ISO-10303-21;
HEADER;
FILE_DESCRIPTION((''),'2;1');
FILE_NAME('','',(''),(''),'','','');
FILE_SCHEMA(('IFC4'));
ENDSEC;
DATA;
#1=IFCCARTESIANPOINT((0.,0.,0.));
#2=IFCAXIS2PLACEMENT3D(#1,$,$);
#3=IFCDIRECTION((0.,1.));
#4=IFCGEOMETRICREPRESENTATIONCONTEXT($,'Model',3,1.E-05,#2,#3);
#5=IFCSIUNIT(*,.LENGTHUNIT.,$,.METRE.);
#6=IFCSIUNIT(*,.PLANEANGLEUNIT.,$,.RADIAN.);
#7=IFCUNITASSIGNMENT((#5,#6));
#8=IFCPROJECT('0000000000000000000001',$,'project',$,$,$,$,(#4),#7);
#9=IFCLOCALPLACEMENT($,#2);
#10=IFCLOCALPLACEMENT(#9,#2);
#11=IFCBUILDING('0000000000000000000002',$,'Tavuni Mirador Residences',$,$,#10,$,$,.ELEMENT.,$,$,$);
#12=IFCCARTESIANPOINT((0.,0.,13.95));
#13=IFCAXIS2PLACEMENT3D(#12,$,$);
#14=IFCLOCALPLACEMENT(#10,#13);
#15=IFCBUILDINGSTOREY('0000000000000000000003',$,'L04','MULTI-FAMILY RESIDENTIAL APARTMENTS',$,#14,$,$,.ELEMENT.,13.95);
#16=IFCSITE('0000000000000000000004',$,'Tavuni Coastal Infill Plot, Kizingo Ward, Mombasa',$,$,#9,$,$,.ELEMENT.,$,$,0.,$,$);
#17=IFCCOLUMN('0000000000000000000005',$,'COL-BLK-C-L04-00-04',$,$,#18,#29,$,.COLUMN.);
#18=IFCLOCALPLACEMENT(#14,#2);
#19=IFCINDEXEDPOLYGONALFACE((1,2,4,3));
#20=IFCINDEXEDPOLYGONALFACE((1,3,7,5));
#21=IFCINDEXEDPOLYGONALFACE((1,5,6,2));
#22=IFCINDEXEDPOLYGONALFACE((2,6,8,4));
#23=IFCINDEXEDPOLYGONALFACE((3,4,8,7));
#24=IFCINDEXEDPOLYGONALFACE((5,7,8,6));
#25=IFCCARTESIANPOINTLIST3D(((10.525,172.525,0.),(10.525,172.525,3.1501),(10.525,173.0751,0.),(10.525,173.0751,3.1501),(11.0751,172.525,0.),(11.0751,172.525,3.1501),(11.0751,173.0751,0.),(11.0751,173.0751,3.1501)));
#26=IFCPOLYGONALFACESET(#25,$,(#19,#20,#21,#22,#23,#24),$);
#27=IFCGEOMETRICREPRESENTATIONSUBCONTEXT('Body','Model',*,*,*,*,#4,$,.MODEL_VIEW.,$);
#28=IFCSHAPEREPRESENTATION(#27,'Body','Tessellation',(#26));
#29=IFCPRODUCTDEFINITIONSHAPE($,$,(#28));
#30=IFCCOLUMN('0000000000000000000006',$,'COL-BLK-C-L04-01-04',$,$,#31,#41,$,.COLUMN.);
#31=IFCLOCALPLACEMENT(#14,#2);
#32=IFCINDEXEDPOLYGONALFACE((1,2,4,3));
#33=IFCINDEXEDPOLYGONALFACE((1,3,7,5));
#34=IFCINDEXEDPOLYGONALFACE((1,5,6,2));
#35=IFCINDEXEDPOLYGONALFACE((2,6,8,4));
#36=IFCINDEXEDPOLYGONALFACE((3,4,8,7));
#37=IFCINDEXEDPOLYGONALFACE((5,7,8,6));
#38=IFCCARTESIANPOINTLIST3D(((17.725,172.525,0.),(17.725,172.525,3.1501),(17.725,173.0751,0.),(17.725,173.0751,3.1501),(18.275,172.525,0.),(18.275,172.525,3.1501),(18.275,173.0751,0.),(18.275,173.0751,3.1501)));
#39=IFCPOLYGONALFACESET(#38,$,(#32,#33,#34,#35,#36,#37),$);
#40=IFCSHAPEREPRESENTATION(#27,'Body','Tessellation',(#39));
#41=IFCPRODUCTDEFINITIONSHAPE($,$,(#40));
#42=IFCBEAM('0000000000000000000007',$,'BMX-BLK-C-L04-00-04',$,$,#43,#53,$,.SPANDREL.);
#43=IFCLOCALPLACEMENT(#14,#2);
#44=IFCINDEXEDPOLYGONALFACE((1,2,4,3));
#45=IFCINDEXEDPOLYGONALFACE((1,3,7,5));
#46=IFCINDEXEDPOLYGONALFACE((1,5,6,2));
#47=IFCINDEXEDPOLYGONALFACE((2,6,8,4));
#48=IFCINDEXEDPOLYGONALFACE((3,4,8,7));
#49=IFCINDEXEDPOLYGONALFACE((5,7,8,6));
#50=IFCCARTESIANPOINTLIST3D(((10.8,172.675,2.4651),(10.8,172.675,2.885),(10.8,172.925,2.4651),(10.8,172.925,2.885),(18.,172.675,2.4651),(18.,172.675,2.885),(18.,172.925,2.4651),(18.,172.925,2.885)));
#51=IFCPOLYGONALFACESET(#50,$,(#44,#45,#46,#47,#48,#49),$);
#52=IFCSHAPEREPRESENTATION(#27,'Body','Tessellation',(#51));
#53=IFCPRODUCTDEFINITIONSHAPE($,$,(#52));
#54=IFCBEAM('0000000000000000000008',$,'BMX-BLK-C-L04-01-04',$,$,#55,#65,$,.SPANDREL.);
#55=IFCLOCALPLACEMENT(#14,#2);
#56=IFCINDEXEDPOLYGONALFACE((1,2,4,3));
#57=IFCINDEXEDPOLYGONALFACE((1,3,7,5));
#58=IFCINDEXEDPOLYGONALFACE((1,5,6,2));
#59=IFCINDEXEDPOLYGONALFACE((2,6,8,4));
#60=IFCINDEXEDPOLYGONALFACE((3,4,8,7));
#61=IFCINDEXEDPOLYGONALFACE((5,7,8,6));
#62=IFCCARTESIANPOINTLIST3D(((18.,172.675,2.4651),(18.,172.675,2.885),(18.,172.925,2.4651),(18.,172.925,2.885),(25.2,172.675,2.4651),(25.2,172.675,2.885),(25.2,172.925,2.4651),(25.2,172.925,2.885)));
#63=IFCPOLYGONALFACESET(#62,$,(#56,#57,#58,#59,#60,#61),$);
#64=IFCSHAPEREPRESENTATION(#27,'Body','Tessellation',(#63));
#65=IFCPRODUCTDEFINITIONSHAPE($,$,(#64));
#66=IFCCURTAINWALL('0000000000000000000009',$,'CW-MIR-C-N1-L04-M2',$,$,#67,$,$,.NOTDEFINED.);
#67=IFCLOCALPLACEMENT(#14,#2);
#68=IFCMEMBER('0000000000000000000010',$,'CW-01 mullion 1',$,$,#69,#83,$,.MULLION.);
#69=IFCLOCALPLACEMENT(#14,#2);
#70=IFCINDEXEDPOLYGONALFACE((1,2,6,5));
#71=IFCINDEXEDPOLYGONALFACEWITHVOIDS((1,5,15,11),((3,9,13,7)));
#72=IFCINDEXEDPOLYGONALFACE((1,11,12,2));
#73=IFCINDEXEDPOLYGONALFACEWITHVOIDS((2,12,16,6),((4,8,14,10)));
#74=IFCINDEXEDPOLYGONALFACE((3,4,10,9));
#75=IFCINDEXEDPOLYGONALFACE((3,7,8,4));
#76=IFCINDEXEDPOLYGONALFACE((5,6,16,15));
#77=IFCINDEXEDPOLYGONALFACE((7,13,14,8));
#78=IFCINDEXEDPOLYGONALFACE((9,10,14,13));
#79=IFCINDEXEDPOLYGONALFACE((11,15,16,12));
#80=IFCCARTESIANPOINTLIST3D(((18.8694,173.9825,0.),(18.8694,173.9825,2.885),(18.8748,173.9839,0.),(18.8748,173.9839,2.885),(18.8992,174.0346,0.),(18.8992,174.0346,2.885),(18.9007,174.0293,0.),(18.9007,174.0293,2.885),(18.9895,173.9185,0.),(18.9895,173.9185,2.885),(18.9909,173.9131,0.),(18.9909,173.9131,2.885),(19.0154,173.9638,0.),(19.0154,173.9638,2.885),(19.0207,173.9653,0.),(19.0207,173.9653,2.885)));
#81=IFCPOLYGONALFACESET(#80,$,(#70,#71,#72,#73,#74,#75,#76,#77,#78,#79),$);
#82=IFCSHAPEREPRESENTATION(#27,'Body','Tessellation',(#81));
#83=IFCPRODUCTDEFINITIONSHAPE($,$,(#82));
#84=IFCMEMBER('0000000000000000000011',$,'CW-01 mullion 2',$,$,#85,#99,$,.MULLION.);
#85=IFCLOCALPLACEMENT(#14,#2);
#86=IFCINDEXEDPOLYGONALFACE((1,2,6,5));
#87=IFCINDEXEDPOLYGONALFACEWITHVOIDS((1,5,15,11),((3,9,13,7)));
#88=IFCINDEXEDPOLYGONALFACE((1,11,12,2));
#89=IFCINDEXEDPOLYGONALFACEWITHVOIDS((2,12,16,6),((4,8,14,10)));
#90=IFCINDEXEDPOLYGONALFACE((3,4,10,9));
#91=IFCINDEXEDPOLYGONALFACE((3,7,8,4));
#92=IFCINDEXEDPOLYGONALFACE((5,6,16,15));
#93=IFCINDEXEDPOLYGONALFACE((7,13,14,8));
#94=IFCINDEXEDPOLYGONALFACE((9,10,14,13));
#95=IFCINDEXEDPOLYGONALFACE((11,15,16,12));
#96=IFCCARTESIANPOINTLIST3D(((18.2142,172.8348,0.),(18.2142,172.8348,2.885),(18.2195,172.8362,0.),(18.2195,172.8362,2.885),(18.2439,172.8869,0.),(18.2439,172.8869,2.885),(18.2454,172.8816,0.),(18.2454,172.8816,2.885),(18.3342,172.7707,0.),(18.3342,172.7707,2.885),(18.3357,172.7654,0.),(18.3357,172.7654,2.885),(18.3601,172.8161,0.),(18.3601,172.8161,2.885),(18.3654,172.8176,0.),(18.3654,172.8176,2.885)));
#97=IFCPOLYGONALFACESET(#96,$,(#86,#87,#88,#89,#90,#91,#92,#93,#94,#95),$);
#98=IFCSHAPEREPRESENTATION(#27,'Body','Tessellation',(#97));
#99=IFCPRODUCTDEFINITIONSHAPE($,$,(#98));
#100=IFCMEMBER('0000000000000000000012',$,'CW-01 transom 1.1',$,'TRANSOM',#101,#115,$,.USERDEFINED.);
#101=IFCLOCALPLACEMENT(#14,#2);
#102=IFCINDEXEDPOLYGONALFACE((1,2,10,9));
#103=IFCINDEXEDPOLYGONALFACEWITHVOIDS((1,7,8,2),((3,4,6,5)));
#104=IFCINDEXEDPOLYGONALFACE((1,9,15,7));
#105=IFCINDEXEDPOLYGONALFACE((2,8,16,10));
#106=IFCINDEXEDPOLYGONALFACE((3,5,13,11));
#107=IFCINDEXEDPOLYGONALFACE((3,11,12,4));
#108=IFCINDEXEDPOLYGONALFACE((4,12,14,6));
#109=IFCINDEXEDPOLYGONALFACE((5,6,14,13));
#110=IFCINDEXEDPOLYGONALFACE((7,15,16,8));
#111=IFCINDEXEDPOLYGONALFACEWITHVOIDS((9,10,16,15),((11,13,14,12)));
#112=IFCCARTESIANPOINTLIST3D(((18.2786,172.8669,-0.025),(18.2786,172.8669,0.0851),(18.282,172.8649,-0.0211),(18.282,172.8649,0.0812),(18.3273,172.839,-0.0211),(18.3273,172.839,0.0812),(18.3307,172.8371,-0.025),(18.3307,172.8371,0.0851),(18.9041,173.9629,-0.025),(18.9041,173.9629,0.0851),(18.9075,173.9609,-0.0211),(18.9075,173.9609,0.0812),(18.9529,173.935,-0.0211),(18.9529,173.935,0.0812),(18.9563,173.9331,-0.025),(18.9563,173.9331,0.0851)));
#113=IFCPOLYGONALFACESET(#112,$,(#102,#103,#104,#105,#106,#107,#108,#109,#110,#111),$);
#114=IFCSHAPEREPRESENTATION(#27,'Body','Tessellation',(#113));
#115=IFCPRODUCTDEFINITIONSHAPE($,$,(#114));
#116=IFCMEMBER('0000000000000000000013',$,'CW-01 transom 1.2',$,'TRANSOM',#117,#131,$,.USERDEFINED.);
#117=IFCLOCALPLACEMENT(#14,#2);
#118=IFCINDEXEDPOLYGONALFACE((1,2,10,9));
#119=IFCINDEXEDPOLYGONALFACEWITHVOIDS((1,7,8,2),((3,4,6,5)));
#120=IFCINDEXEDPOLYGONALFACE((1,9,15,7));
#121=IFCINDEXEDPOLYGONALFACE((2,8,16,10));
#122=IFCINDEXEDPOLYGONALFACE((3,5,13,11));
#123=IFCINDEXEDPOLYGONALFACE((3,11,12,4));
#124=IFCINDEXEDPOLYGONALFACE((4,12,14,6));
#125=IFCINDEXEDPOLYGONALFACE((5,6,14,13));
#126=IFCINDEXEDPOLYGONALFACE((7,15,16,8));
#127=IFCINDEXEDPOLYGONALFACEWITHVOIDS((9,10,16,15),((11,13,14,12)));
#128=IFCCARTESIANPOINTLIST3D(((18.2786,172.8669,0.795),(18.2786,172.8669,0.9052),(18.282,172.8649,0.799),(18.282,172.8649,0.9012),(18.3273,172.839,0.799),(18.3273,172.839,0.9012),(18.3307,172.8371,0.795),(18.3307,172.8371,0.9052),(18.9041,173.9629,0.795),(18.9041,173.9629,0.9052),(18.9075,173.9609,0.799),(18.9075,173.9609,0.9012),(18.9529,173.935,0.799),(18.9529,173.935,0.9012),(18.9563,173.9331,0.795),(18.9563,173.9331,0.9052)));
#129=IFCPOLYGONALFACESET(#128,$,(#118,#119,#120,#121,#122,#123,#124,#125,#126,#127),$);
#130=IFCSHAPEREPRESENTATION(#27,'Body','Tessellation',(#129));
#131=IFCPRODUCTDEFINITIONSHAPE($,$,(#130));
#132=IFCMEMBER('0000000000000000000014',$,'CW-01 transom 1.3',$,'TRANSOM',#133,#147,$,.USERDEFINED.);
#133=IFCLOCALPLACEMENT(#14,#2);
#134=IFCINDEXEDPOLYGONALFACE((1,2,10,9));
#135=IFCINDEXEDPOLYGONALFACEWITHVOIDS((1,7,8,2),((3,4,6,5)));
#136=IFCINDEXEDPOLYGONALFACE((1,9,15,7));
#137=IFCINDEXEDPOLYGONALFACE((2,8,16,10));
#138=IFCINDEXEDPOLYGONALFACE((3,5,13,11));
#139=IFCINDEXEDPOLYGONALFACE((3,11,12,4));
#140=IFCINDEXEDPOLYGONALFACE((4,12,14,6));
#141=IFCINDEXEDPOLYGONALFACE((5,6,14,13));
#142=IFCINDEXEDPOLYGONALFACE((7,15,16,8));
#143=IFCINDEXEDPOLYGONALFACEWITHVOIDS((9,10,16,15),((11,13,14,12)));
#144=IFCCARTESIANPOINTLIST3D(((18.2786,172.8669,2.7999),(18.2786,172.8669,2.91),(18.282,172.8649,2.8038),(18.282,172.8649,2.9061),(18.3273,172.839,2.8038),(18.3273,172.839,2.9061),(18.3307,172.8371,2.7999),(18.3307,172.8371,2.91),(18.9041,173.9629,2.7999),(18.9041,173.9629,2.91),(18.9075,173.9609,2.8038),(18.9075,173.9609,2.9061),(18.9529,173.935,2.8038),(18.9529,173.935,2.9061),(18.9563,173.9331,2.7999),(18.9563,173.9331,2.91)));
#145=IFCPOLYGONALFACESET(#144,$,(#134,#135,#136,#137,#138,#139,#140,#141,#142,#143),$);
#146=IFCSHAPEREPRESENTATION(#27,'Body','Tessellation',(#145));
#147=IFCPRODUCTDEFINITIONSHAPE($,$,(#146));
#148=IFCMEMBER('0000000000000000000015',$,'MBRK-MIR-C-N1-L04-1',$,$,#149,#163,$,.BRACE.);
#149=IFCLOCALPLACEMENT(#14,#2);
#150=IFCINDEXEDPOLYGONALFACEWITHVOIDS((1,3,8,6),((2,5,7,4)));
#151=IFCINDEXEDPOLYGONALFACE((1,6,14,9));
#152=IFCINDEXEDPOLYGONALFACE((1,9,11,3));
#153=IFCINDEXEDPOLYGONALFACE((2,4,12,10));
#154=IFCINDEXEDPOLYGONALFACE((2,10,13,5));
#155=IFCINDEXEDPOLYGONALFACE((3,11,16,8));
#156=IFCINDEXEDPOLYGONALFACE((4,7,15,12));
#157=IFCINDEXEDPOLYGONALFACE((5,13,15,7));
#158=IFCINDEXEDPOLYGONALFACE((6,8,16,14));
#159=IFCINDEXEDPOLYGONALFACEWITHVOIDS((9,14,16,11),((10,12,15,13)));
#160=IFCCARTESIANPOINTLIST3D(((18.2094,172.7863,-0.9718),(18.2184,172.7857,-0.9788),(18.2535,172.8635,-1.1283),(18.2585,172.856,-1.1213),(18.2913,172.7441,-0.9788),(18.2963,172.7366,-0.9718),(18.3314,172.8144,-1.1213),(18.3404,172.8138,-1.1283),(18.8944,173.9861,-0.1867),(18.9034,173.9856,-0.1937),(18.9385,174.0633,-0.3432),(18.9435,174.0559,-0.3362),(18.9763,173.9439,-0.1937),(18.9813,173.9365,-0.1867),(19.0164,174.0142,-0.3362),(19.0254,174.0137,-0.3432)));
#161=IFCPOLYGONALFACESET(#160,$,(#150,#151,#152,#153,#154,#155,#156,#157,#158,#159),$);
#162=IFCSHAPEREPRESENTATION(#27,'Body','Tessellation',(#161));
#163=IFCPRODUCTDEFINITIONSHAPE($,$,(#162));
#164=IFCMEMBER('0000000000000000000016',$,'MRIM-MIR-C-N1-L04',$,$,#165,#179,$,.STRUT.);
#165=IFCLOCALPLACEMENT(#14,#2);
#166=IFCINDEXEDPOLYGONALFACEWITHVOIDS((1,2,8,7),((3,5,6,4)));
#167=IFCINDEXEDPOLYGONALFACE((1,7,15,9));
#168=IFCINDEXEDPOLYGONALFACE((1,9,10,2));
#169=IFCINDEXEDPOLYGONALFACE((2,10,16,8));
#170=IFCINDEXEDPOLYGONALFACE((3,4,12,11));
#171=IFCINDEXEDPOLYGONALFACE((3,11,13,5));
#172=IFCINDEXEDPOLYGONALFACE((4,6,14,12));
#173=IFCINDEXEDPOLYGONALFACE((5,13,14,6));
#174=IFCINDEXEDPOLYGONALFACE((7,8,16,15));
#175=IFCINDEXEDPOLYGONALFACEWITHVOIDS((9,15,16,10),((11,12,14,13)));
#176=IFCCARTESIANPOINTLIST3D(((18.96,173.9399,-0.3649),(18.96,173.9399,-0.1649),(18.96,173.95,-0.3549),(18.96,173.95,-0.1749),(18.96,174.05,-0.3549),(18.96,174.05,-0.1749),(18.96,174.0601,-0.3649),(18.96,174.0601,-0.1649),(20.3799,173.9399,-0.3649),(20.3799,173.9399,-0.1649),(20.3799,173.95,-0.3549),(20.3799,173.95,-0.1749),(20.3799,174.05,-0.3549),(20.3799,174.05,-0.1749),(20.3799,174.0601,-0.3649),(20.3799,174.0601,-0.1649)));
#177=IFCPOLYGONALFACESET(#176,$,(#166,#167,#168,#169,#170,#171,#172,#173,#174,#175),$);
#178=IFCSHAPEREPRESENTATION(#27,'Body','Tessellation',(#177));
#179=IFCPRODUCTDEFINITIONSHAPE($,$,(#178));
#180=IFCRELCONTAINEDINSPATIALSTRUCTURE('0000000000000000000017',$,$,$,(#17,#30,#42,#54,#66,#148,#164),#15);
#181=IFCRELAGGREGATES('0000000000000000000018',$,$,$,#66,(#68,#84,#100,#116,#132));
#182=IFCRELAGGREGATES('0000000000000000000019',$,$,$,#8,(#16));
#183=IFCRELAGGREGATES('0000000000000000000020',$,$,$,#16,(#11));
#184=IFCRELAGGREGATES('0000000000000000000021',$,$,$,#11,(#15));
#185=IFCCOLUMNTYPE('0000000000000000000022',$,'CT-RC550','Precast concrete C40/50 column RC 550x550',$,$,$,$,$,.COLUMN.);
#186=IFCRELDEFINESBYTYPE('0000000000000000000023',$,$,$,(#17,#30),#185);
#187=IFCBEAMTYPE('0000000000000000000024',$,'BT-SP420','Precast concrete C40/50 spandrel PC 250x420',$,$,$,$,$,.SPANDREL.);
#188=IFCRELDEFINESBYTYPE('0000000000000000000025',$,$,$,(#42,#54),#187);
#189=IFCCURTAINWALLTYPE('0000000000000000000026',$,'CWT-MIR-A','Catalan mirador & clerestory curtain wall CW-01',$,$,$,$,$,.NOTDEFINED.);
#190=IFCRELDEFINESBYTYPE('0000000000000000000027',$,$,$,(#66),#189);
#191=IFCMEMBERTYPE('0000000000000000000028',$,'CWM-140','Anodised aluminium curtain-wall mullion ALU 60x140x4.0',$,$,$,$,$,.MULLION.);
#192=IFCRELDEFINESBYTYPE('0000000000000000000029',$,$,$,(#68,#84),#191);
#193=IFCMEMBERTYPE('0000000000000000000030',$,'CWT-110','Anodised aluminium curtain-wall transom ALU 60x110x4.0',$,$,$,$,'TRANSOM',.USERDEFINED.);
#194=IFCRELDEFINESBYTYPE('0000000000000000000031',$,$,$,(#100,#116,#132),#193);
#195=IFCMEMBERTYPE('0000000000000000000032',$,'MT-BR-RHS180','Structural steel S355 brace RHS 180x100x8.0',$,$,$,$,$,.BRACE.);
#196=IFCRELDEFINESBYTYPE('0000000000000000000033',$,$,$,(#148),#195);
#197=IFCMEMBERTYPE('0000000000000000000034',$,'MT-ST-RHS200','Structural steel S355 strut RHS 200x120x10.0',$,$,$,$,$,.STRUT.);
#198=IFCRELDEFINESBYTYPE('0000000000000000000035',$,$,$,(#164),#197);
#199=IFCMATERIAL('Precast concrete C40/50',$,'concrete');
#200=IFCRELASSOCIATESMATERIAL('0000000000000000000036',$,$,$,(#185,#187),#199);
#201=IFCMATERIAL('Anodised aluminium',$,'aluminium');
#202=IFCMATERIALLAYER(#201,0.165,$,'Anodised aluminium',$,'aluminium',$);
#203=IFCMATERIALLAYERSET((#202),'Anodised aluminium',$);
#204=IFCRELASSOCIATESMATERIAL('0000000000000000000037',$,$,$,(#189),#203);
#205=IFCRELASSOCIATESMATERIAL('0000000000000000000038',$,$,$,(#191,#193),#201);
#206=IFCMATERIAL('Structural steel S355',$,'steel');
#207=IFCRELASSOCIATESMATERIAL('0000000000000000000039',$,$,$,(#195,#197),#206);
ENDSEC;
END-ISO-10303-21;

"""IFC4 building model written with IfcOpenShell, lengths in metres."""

from ifc_helpers import new_model, si_unit, direction, frame, origin, origin_2d, place, context, subcontext, project, spatial, rectangle, hollow_rectangle, extrude, material, layer, layer_set, material_profile, profile_set, type_object, element, aggregate, save


model = new_model("IFC4")

# Units and contexts
model_context = context("Model", 3, precision=1e-05, world=origin(), true_north=direction((0.0, 1.0)))
body_context = subcontext(model_context, "Body", "Model", "MODEL_VIEW")
ifc_project = project(units=[si_unit("LENGTHUNIT", "METRE"), si_unit("PLANEANGLEUNIT", "RADIAN")], contexts=[model_context])

# Site, building, storey
site_placement = place(None, origin())
site = spatial("IfcSite", under=ifc_project, at=site_placement, Name="Tavuni Coastal Infill Plot, Kizingo Ward, Mombasa", CompositionType="ELEMENT", RefElevation=0.0)
building_placement = place(site_placement, origin())
building = spatial("IfcBuilding", under=site, at=building_placement, Name="Tavuni Mirador Residences", CompositionType="ELEMENT")
storey_placement = place(building_placement, frame((0.0, 0.0, 13.95)))
storey = spatial("IfcBuildingStorey", under=building, at=storey_placement, Name="L04", Description="MULTI-FAMILY RESIDENTIAL APARTMENTS", CompositionType="ELEMENT", Elevation=13.95)

# Columns
ifc_material_1 = material(Name="Precast concrete C40/50", Category="concrete")
ifc_material_profile_1 = material_profile(ifc_material_1, rectangle(XDim=0.55, YDim=0.55, at=origin_2d()), Name="RC 550x550", Category="concrete")
ifc_profile_set_1 = profile_set([ifc_material_profile_1], Name="Precast concrete C40/50")
column_type = type_object("IfcColumnType", Name="CT-RC550", Description="Precast concrete C40/50 column RC 550x550", PredefinedType="COLUMN", material=ifc_profile_set_1)
for number, where, z_axis, x_axis, name in (
    (1, (10.8, 172.8, 0.0), (0.0, 0.0, 1.0), (1.0, 0.0, 0.0), "COL-BLK-C-L04-00-04"),
    (2, (18.0, 172.8, 0.0), (0.0, 0.0, 1.0), (1.0, 0.0, 0.0), "COL-BLK-C-L04-01-04"),
):
    element("IfcColumn", number, at=place(storey_placement, frame(where, z_axis=z_axis, x_axis=x_axis)), inside=storey, type_object=column_type, Name=name, PredefinedType="COLUMN", context=body_context, shape_type="SweptSolid", body=[
        extrude(rectangle(XDim=0.55, YDim=0.55, at=origin_2d()), origin(), (0.0, 0.0, 1.0), 3.1501),
    ])

# Beams
ifc_material_profile_2 = material_profile(ifc_material_1, rectangle(XDim=0.25, YDim=0.4199, at=origin_2d()), Name="PC 250x420", Category="concrete")
ifc_profile_set_2 = profile_set([ifc_material_profile_2], Name="Precast concrete C40/50")
beam_type = type_object("IfcBeamType", Name="BT-SP420", Description="Precast concrete C40/50 spandrel PC 250x420", PredefinedType="SPANDREL", material=ifc_profile_set_2)
for number, where, z_axis, x_axis, name in (
    (3, (10.8, 172.8, 2.675), (1.0, 0.0, 0.0), (0.0, 1.0, 0.0), "BMX-BLK-C-L04-00-04"),
    (4, (18.0, 172.8, 2.675), (1.0, 0.0, 0.0), (0.0, 1.0, 0.0), "BMX-BLK-C-L04-01-04"),
):
    element("IfcBeam", number, at=place(storey_placement, frame(where, z_axis=z_axis, x_axis=x_axis)), inside=storey, type_object=beam_type, Name=name, PredefinedType="SPANDREL", context=body_context, shape_type="SweptSolid", body=[
        extrude(rectangle(XDim=0.25, YDim=0.4199, at=origin_2d()), origin(), (0.0, 0.0, 1.0), 7.2),
    ])

# Curtain wall, members
ifc_material_2 = material(Name="Anodised aluminium", Category="aluminium")
ifc_layer_1 = layer(ifc_material_2, 0.165, Name="Anodised aluminium", Category="aluminium")
ifc_layer_set_1 = layer_set([ifc_layer_1], Name="Anodised aluminium")
curtain_wall_type = type_object("IfcCurtainWallType", Name="CWT-MIR-A", Description="Catalan mirador & clerestory curtain wall CW-01", PredefinedType="NOTDEFINED", material=ifc_layer_set_1)
curtain_wall_placement = place(storey_placement, origin())
curtain_wall = element("IfcCurtainWall", 5, at=curtain_wall_placement, inside=storey, type_object=curtain_wall_type, Name="CW-MIR-C-N1-L04-M2", PredefinedType="NOTDEFINED")
ifc_material_profile_3 = material_profile(ifc_material_2, hollow_rectangle(XDim=0.0601, YDim=0.1399, WallThickness=0.0039, at=origin_2d()), Name="ALU 60x140x4.0", Category="aluminium")
ifc_profile_set_3 = profile_set([ifc_material_profile_3], Name="Anodised aluminium")
member_type_1 = type_object("IfcMemberType", Name="CWM-140", Description="Anodised aluminium curtain-wall mullion ALU 60x140x4.0", PredefinedType="MULLION", material=ifc_profile_set_3)
member_1_placement = place(storey_placement, frame((18.9451, 173.9739, 0.0), z_axis=(0.0, 0.0, 1.0), x_axis=(-0.495749, -0.868466, 0.0)))
member_1 = element("IfcMember", 6, at=member_1_placement, type_object=member_type_1, Name="CW-01 mullion 1", PredefinedType="MULLION", context=body_context, shape_type="SweptSolid", body=[
    extrude(hollow_rectangle(XDim=0.0601, YDim=0.1399, WallThickness=0.0039, at=origin_2d()), origin(), (0.0, 0.0, 1.0), 2.885),
])
member_2_placement = place(storey_placement, frame((18.2898, 172.8262, 0.0), z_axis=(0.0, 0.0, 1.0), x_axis=(-0.495749, -0.868466, 0.0)))
member_2 = element("IfcMember", 7, at=member_2_placement, type_object=member_type_1, Name="CW-01 mullion 2", PredefinedType="MULLION", context=body_context, shape_type="SweptSolid", body=[
    extrude(hollow_rectangle(XDim=0.0601, YDim=0.1399, WallThickness=0.0039, at=origin_2d()), origin(), (0.0, 0.0, 1.0), 2.885),
])
ifc_material_profile_4 = material_profile(ifc_material_2, hollow_rectangle(XDim=0.0601, YDim=0.1101, WallThickness=0.0039, at=origin_2d()), Name="ALU 60x110x4.0", Category="aluminium")
ifc_profile_set_4 = profile_set([ifc_material_profile_4], Name="Anodised aluminium")
member_type_2 = type_object("IfcMemberType", Name="CWT-110", Description="Anodised aluminium curtain-wall transom ALU 60x110x4.0", ElementType="TRANSOM", PredefinedType="USERDEFINED", material=ifc_profile_set_4)
member_3_placement = place(storey_placement, frame((18.9302, 173.948, 0.03), z_axis=(-0.49568, -0.868505, 0.0), x_axis=(0.868505, -0.49568, 0.0)))
member_3 = element("IfcMember", 8, at=member_3_placement, type_object=member_type_2, Name="CW-01 transom 1.1", ObjectType="TRANSOM", PredefinedType="USERDEFINED", context=body_context, shape_type="SweptSolid", body=[
    extrude(hollow_rectangle(XDim=0.0601, YDim=0.1101, WallThickness=0.0039, at=origin_2d()), origin(), (0.0, 0.0, 1.0), 1.262),
])
member_4_placement = place(storey_placement, frame((18.9302, 173.948, 0.8501), z_axis=(-0.49568, -0.868505, 0.0), x_axis=(0.868505, -0.49568, 0.0)))
member_4 = element("IfcMember", 9, at=member_4_placement, type_object=member_type_2, Name="CW-01 transom 1.2", ObjectType="TRANSOM", PredefinedType="USERDEFINED", context=body_context, shape_type="SweptSolid", body=[
    extrude(hollow_rectangle(XDim=0.0601, YDim=0.1101, WallThickness=0.0039, at=origin_2d()), origin(), (0.0, 0.0, 1.0), 1.262),
])
member_5_placement = place(storey_placement, frame((18.9302, 173.948, 2.855), z_axis=(-0.49568, -0.868505, 0.0), x_axis=(0.868505, -0.49568, 0.0)))
member_5 = element("IfcMember", 10, at=member_5_placement, type_object=member_type_2, Name="CW-01 transom 1.3", ObjectType="TRANSOM", PredefinedType="USERDEFINED", context=body_context, shape_type="SweptSolid", body=[
    extrude(hollow_rectangle(XDim=0.0601, YDim=0.1101, WallThickness=0.0039, at=origin_2d()), origin(), (0.0, 0.0, 1.0), 1.262),
])

# Members
ifc_material_3 = material(Name="Structural steel S355", Category="steel")
ifc_material_profile_5 = material_profile(ifc_material_3, hollow_rectangle(XDim=0.1001, YDim=0.1799, WallThickness=0.0081, at=origin_2d()), Name="RHS 180x100x8.0", Category="steel")
ifc_profile_set_5 = profile_set([ifc_material_profile_5], Name="Structural steel S355")
member_type_3 = type_object("IfcMemberType", Name="MT-BR-RHS180", Description="Structural steel S355 brace RHS 180x100x8.0", PredefinedType="BRACE", material=ifc_profile_set_5)
member_6_placement = place(storey_placement, frame((18.2749, 172.8, -1.05), z_axis=(0.431063, 0.755051, 0.494048), x_axis=(-0.868439, 0.495796, 0.0)))
element("IfcMember", 11, at=member_6_placement, inside=storey, type_object=member_type_3, Name="MBRK-MIR-C-N1-L04-1", PredefinedType="BRACE", context=body_context, shape_type="SweptSolid", body=[
    extrude(hollow_rectangle(XDim=0.1001, YDim=0.1799, WallThickness=0.0081, at=origin_2d()), origin(), (0.0, 0.0, 1.0), 1.5891),
])
ifc_material_profile_6 = material_profile(ifc_material_3, hollow_rectangle(XDim=0.1201, YDim=0.2, WallThickness=0.01, at=origin_2d()), Name="RHS 200x120x10.0", Category="steel")
ifc_profile_set_6 = profile_set([ifc_material_profile_6], Name="Structural steel S355")
member_type_4 = type_object("IfcMemberType", Name="MT-ST-RHS200", Description="Structural steel S355 strut RHS 200x120x10.0", PredefinedType="STRUT", material=ifc_profile_set_6)
member_7_placement = place(storey_placement, frame((18.96, 174.0, -0.2649), z_axis=(1.0, 0.0, 0.0), x_axis=(0.0, 1.0, 0.0)))
element("IfcMember", 12, at=member_7_placement, inside=storey, type_object=member_type_4, Name="MRIM-MIR-C-N1-L04", PredefinedType="STRUT", context=body_context, shape_type="SweptSolid", body=[
    extrude(hollow_rectangle(XDim=0.1201, YDim=0.2, WallThickness=0.01, at=origin_2d()), origin(), (0.0, 0.0, 1.0), 1.4199),
])

aggregate(curtain_wall, [member_1, member_2, member_3, member_4, member_5])

save(model, "model.ifc")
